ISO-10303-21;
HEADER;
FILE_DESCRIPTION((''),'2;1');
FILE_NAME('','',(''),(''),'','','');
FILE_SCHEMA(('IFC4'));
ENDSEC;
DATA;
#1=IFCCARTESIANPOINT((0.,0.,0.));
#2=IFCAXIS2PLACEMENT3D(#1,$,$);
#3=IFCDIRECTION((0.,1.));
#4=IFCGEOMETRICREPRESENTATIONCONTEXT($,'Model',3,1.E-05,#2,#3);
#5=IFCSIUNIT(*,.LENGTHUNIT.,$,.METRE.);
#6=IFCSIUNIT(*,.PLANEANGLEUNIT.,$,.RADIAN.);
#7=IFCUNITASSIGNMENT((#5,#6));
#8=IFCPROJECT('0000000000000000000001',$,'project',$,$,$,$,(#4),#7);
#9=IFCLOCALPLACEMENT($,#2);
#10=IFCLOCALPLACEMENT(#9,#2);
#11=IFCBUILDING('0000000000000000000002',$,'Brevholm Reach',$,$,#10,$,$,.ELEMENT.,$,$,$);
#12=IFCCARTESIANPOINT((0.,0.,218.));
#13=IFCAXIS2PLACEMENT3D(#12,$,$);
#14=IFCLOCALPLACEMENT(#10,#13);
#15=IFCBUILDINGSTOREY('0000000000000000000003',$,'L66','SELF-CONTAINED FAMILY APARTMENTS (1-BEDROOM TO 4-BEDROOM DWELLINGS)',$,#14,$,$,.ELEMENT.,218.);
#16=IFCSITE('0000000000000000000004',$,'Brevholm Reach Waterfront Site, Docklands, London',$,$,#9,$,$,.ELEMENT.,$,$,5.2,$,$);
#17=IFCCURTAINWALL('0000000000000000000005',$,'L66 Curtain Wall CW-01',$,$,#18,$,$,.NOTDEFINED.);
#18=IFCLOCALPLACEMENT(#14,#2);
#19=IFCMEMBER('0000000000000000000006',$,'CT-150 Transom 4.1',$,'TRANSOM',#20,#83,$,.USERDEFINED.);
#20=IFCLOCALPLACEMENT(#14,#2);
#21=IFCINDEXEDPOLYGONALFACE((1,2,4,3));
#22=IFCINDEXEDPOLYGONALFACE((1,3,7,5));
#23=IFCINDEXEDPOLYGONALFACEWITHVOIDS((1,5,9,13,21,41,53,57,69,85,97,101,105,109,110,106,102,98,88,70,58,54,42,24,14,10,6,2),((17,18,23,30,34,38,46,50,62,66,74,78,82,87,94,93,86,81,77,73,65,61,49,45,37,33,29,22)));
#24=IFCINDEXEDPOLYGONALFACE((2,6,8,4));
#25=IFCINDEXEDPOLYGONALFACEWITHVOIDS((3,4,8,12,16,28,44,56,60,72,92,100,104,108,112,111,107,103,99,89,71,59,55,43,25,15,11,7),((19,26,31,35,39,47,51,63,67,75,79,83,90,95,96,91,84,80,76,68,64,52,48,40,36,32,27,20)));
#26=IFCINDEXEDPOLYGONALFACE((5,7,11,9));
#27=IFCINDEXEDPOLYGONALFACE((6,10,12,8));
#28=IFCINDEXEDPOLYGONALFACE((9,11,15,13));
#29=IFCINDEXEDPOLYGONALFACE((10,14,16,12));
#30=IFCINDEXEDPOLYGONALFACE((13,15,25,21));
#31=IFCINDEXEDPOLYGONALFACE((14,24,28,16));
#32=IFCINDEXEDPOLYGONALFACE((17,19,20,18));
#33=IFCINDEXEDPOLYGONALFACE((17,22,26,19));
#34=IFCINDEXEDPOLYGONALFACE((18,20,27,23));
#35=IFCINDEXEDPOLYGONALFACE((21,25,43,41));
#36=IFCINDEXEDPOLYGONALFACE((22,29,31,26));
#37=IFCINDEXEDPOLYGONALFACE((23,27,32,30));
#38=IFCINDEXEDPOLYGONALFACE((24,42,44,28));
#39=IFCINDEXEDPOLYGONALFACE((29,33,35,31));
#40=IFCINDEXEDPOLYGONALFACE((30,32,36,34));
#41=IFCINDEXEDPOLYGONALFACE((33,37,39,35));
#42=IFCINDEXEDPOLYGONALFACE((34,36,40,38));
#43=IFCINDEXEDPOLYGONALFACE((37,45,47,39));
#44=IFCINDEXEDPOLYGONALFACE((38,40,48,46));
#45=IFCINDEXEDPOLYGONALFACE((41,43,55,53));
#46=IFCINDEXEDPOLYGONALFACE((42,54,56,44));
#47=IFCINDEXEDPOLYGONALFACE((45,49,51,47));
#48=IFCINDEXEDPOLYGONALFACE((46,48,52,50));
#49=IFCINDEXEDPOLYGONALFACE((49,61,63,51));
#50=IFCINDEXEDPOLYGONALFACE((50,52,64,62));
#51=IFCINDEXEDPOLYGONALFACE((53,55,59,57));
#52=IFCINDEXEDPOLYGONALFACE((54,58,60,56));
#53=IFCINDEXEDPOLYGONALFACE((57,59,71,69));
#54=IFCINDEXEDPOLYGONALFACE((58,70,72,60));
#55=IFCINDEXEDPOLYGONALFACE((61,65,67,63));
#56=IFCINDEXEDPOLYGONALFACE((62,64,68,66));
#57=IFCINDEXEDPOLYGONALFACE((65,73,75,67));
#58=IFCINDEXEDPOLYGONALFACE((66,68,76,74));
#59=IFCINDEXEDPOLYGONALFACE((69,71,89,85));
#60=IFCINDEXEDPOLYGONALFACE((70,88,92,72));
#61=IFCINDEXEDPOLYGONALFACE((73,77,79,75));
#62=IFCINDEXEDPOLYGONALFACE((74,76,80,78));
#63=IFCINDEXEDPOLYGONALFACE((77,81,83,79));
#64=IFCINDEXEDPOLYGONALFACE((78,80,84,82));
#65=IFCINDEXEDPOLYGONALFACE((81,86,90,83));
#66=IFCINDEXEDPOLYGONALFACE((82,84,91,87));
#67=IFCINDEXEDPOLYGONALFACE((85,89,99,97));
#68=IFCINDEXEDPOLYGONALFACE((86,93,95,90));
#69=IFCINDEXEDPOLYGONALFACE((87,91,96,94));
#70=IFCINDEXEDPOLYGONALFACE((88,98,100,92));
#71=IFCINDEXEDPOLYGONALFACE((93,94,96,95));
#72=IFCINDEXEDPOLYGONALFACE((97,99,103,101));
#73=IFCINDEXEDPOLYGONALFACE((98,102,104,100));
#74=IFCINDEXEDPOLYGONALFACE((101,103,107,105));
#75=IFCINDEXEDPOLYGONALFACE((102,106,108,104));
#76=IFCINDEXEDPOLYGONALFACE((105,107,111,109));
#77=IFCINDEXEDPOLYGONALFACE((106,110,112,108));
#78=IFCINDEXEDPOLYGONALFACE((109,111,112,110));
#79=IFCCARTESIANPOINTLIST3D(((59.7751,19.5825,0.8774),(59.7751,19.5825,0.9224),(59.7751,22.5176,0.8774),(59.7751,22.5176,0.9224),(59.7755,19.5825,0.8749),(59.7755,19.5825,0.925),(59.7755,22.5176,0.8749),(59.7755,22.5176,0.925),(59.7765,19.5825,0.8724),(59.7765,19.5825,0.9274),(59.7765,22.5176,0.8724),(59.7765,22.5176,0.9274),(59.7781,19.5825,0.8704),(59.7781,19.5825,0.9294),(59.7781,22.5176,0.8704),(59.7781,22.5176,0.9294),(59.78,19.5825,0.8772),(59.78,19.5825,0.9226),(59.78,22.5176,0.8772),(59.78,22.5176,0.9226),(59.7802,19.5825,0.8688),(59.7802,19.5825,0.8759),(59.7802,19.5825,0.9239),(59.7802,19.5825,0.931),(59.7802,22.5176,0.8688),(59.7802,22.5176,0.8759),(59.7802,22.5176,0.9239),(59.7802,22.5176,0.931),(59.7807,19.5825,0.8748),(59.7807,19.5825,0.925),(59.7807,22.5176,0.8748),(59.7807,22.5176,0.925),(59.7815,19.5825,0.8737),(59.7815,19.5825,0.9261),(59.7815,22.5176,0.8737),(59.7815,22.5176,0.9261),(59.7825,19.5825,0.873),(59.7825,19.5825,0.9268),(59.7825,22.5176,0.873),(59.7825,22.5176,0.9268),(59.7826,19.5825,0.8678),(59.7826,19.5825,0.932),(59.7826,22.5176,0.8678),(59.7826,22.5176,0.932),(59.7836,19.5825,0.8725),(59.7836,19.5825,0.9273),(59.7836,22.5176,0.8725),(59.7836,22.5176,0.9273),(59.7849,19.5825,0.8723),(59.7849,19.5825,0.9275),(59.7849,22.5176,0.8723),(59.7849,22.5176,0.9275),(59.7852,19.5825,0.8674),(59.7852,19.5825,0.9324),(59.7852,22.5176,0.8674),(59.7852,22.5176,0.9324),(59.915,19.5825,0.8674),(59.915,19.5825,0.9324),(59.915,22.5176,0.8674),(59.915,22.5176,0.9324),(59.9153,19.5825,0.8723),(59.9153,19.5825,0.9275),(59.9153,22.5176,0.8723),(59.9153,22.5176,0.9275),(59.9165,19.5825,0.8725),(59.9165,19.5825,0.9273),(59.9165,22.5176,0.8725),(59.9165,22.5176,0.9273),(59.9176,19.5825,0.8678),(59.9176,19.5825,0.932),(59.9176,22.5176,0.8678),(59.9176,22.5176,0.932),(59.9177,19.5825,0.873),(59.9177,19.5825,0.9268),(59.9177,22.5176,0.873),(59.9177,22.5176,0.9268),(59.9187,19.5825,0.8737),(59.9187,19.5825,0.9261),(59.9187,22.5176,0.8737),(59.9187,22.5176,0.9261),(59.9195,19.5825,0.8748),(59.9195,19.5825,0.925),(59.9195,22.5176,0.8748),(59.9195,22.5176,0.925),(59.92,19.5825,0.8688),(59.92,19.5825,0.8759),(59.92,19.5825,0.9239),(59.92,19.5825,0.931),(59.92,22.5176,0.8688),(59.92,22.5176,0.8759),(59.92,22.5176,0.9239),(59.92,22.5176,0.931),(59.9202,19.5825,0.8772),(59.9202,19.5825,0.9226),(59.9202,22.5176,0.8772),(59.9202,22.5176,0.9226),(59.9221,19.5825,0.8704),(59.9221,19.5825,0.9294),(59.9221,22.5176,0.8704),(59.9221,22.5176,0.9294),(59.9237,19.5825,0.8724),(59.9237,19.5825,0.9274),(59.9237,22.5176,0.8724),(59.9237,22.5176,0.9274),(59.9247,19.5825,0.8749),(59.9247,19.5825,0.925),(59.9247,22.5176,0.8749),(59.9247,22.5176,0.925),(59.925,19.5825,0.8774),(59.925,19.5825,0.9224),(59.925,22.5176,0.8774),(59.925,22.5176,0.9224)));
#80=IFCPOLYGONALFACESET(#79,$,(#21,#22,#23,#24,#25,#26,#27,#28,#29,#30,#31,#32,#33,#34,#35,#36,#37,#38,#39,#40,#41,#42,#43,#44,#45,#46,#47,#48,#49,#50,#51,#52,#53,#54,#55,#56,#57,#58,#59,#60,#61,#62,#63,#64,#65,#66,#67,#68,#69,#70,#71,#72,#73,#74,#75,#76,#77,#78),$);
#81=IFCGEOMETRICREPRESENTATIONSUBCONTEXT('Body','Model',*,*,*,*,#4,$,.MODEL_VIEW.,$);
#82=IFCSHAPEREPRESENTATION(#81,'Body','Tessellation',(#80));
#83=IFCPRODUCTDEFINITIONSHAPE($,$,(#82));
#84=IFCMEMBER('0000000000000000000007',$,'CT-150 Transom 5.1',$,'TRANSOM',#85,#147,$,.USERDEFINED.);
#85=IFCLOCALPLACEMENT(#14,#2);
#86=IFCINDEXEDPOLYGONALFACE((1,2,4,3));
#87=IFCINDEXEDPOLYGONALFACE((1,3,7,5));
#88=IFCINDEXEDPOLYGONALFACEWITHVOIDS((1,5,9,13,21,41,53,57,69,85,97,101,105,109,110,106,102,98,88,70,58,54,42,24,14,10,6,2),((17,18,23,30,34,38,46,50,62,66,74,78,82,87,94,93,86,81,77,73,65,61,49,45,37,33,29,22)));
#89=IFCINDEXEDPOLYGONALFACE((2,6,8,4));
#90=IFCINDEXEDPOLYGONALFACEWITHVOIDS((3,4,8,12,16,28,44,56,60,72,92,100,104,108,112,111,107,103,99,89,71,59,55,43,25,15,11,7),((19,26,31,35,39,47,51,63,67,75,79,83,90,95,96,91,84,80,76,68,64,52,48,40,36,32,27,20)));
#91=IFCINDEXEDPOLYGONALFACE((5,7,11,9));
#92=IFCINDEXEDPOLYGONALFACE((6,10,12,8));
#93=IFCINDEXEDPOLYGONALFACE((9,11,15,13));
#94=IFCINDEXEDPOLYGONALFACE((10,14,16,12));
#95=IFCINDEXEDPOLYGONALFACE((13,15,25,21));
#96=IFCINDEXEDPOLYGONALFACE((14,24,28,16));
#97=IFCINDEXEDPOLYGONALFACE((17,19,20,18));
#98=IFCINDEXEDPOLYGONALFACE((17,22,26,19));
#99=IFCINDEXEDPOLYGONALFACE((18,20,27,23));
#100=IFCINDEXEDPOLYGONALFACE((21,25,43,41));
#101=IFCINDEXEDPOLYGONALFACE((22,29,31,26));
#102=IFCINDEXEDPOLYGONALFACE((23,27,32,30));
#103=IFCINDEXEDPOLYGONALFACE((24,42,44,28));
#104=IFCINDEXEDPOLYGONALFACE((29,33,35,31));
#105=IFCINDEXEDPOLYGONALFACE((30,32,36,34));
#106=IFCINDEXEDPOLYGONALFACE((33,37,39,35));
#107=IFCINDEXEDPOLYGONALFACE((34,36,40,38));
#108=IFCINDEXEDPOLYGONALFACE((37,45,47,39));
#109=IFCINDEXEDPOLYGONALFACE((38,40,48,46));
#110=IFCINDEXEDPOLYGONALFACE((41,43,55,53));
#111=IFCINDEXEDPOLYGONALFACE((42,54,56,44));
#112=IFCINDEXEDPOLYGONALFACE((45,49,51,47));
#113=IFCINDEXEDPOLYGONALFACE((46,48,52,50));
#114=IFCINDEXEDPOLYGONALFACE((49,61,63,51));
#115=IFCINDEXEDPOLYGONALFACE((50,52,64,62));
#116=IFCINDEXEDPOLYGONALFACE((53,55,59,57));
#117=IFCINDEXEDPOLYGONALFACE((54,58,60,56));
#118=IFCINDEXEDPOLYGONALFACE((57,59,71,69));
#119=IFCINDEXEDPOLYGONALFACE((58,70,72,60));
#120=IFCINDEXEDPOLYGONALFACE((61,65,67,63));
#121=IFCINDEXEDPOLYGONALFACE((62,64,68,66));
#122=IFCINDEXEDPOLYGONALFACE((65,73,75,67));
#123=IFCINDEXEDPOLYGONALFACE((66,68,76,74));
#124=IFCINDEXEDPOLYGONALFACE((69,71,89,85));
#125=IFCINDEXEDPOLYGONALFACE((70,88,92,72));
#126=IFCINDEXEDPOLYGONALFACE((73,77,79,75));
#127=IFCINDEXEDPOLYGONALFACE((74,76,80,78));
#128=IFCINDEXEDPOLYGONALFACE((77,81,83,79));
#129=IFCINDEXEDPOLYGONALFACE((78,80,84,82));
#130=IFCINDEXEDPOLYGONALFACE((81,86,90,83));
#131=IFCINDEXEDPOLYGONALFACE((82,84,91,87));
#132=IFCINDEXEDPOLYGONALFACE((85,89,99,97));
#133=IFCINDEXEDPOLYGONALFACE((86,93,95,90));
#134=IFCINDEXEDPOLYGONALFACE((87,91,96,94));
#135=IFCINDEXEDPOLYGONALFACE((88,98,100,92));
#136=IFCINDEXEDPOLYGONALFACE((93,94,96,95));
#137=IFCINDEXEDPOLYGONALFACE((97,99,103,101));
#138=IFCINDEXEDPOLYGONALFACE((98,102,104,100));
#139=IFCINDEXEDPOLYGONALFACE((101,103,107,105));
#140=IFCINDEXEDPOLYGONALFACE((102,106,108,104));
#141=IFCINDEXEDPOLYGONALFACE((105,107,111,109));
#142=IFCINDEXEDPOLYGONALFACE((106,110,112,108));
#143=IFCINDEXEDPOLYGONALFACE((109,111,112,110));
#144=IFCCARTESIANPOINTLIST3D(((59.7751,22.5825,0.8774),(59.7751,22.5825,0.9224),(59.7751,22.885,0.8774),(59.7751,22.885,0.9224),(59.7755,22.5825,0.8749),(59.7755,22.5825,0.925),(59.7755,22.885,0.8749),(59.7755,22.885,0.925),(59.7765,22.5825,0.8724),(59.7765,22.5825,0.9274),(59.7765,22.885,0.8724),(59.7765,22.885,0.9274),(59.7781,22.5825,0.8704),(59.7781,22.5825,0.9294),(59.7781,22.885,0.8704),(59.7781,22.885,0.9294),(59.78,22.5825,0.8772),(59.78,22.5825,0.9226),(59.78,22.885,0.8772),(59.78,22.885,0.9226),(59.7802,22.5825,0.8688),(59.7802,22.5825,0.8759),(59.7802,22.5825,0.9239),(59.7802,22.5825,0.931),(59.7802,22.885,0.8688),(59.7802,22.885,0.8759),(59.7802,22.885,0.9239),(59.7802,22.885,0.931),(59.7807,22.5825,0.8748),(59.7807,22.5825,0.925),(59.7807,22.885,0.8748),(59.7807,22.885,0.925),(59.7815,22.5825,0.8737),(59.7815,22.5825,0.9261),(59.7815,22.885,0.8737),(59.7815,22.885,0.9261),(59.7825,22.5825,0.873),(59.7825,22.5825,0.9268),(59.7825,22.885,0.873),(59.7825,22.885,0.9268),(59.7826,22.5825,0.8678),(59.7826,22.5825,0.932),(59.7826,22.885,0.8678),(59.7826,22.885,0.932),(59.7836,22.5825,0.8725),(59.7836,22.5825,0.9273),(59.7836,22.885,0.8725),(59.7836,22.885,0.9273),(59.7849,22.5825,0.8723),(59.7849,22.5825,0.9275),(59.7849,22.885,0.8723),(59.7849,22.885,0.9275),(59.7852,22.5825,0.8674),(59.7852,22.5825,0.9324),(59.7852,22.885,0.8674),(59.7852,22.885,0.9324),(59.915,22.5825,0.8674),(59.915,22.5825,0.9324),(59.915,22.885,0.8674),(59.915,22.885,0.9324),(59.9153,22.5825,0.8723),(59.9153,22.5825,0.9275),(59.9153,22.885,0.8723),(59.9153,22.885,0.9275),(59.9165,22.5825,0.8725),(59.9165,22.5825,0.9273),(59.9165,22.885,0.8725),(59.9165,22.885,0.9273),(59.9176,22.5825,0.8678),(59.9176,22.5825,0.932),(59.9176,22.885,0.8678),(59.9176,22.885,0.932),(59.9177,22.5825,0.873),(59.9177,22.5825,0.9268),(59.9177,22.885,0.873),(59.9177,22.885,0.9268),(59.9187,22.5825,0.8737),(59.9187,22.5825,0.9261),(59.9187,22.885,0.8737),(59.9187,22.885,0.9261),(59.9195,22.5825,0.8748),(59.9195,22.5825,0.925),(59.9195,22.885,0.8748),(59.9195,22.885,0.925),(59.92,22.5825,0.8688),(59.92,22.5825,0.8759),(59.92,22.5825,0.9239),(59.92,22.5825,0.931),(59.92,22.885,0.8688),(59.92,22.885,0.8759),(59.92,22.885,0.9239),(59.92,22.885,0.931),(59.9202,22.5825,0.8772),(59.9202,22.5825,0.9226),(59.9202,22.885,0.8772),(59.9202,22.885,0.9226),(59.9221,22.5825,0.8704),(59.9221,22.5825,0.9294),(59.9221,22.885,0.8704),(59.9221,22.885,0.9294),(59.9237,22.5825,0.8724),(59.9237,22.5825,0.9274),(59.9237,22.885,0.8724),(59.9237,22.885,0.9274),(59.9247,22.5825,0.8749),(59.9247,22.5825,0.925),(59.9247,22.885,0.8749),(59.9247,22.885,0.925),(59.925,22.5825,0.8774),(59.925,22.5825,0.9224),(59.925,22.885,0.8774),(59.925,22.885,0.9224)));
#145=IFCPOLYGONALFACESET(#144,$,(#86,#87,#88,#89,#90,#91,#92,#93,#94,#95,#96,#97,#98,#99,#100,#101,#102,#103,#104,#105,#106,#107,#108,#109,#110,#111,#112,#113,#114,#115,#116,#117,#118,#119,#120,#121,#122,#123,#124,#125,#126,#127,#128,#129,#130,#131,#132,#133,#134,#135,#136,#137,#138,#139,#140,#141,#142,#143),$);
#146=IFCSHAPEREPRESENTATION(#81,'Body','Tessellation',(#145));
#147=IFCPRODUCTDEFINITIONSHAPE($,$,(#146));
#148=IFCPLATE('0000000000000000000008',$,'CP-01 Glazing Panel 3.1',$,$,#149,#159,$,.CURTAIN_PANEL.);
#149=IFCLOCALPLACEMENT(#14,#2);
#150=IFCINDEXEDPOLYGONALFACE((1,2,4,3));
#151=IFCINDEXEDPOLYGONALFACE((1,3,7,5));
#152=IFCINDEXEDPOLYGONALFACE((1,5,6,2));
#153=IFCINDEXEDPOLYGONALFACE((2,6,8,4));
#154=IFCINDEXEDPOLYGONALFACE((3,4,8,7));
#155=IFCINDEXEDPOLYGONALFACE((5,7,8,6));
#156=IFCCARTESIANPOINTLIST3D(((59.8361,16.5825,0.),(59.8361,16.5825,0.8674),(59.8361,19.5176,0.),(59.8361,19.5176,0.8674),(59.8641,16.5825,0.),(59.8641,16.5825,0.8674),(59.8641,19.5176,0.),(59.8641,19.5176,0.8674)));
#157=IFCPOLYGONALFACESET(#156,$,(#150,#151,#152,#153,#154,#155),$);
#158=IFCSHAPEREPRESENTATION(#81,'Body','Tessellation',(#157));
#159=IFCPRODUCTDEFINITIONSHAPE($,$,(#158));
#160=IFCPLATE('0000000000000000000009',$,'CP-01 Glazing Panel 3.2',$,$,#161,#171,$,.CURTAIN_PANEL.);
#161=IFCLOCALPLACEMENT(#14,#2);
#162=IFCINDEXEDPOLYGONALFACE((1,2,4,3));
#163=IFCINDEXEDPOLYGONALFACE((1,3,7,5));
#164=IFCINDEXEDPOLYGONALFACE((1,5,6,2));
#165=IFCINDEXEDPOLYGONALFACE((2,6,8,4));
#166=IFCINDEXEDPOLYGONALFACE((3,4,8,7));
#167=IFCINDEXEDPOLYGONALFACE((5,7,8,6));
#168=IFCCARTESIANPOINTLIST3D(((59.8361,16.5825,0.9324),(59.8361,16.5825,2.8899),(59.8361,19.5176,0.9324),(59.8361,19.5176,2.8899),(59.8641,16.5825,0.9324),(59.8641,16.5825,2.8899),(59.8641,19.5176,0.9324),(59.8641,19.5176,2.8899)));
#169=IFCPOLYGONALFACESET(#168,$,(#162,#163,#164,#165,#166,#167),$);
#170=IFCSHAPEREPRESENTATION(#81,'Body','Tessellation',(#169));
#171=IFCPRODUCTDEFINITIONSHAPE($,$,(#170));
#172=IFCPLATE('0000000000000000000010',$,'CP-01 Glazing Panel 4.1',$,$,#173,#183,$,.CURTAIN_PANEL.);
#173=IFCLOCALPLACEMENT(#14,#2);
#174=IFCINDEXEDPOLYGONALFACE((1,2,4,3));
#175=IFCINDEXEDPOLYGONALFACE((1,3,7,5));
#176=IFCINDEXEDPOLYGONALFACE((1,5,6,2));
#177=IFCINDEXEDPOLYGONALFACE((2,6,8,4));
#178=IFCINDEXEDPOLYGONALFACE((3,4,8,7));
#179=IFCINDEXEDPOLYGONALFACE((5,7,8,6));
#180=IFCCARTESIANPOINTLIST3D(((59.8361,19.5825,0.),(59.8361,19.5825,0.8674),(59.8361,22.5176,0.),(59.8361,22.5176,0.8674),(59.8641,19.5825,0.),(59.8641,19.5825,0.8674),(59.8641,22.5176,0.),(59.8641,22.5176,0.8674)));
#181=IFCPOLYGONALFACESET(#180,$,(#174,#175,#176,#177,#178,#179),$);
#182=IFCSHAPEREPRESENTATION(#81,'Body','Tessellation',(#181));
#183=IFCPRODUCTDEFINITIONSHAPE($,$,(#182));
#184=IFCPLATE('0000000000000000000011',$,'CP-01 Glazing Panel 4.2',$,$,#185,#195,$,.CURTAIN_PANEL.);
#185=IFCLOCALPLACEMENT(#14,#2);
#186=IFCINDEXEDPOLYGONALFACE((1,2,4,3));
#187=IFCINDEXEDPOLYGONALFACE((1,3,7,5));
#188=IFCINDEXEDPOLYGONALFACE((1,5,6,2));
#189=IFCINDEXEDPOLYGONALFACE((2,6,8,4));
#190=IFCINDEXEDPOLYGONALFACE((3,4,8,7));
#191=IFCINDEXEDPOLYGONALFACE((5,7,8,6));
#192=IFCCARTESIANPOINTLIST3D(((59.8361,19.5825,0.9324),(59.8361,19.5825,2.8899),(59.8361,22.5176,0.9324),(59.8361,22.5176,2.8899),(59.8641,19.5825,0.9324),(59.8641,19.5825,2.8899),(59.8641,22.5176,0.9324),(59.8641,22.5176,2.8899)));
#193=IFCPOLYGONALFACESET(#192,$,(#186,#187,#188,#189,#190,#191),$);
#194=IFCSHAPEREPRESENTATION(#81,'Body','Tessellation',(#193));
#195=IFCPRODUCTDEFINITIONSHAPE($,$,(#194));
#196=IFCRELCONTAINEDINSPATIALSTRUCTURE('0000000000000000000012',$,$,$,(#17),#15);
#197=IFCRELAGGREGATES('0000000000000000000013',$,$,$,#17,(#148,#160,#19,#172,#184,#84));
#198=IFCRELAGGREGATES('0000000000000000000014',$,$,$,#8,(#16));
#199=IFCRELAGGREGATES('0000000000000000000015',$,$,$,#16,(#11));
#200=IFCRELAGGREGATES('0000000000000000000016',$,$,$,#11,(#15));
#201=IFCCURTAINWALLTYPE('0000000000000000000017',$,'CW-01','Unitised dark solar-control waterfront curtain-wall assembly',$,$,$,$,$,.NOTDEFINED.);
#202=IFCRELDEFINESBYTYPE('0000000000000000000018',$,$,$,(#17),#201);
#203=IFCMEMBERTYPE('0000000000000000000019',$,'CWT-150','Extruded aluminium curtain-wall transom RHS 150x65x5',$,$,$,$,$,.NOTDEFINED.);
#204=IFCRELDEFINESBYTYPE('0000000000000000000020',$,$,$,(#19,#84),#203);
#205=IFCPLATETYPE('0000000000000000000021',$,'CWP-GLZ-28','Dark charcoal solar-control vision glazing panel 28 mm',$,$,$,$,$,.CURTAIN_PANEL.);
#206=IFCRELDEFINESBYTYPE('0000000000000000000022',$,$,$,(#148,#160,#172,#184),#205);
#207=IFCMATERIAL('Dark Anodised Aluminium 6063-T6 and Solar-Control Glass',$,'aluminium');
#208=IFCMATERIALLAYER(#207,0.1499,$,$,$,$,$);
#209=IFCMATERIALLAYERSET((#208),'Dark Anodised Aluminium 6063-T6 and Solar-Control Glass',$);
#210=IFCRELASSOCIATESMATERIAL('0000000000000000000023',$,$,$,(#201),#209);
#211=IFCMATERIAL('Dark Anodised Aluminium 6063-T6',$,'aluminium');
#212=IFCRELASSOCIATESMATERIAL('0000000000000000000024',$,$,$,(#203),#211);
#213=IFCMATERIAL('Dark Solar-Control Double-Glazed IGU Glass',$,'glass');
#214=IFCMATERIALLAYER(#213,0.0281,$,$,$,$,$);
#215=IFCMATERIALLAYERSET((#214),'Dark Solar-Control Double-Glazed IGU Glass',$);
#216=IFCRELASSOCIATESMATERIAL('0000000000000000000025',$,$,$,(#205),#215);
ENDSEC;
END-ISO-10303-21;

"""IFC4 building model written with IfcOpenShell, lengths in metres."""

from ifc_helpers import new_model, si_unit, direction, frame, origin, origin_2d, place, context, subcontext, project, spatial, rectangle, hollow_rectangle, extrude, material, layer, layer_set, material_profile, profile_set, type_object, element, aggregate, save


model = new_model("IFC4")

# Units and contexts
model_context = context("Model", 3, precision=1e-05, world=origin(), true_north=direction((0.0, 1.0)))
body_context = subcontext(model_context, "Body", "Model", "MODEL_VIEW")
ifc_project = project(units=[si_unit("LENGTHUNIT", "METRE"), si_unit("PLANEANGLEUNIT", "RADIAN")], contexts=[model_context])

# Site, building, storey
site_placement = place(None, origin())
site = spatial("IfcSite", under=ifc_project, at=site_placement, Name="Brevholm Reach Waterfront Site, Docklands, London", CompositionType="ELEMENT", RefElevation=5.2)
building_placement = place(site_placement, origin())
building = spatial("IfcBuilding", under=site, at=building_placement, Name="Brevholm Reach", CompositionType="ELEMENT")
storey_placement = place(building_placement, frame((0.0, 0.0, 218.0)))
storey = spatial("IfcBuildingStorey", under=building, at=storey_placement, Name="L66", Description="SELF-CONTAINED FAMILY APARTMENTS (1-BEDROOM TO 4-BEDROOM DWELLINGS)", CompositionType="ELEMENT", Elevation=218.0)

# Curtain wall, members, plates
ifc_material_1 = material(Name="Dark Anodised Aluminium 6063-T6 and Solar-Control Glass", Category="aluminium")
ifc_layer_1 = layer(ifc_material_1, 0.1499)
ifc_layer_set_1 = layer_set([ifc_layer_1], Name="Dark Anodised Aluminium 6063-T6 and Solar-Control Glass")
curtain_wall_type = type_object("IfcCurtainWallType", Name="CW-01", Description="Unitised dark solar-control waterfront curtain-wall assembly", PredefinedType="NOTDEFINED", material=ifc_layer_set_1)
curtain_wall_placement = place(storey_placement, origin())
curtain_wall = element("IfcCurtainWall", 1, at=curtain_wall_placement, inside=storey, type_object=curtain_wall_type, Name="L66 Curtain Wall CW-01", PredefinedType="NOTDEFINED")
ifc_material_2 = material(Name="Dark Anodised Aluminium 6063-T6", Category="aluminium")
ifc_material_profile_1 = material_profile(ifc_material_2, hollow_rectangle(XDim=0.0649, YDim=0.1499, WallThickness=0.0049, InnerFilletRadius=0.0049, OuterFilletRadius=0.01, at=origin_2d()), Name="RHS 150x65x5")
ifc_profile_set_1 = profile_set([ifc_material_profile_1], Name="Dark Anodised Aluminium 6063-T6")
member_type_1 = type_object("IfcMemberType", Name="CWT-150", Description="Extruded aluminium curtain-wall transom RHS 150x65x5", PredefinedType="NOTDEFINED", material=ifc_profile_set_1)
member_1_placement = place(storey_placement, frame((59.8501, 19.5825, 0.8999), z_axis=(0.0, 1.0, 0.0), x_axis=(0.0, 0.0, 1.0)))
member_1 = element("IfcMember", 2, at=member_1_placement, type_object=member_type_1, Name="CT-150 Transom 4.1", ObjectType="TRANSOM", PredefinedType="USERDEFINED", context=body_context, shape_type="SweptSolid", body=[
    extrude(hollow_rectangle(XDim=0.0649, YDim=0.1499, WallThickness=0.0049, InnerFilletRadius=0.0049, OuterFilletRadius=0.01, at=origin_2d()), origin(), (0.0, 0.0, 1.0), 2.9351),
])
member_2_placement = place(storey_placement, frame((59.8501, 22.5825, 0.8999), z_axis=(0.0, 1.0, 0.0), x_axis=(0.0, 0.0, 1.0)))
member_2 = element("IfcMember", 3, at=member_2_placement, type_object=member_type_1, Name="CT-150 Transom 5.1", ObjectType="TRANSOM", PredefinedType="USERDEFINED", context=body_context, shape_type="SweptSolid", body=[
    extrude(hollow_rectangle(XDim=0.0649, YDim=0.1499, WallThickness=0.0049, InnerFilletRadius=0.0049, OuterFilletRadius=0.01, at=origin_2d()), origin(), (0.0, 0.0, 1.0), 0.3025),
])
ifc_material_3 = material(Name="Dark Solar-Control Double-Glazed IGU Glass", Category="glass")
ifc_layer_2 = layer(ifc_material_3, 0.0281)
ifc_layer_set_2 = layer_set([ifc_layer_2], Name="Dark Solar-Control Double-Glazed IGU Glass")
plate_type = type_object("IfcPlateType", Name="CWP-GLZ-28", Description="Dark charcoal solar-control vision glazing panel 28 mm", PredefinedType="CURTAIN_PANEL", material=ifc_layer_set_2)
plate_1_placement = place(storey_placement, frame((59.8501, 18.05, 0.0), z_axis=(0.0, 0.0, 1.0), x_axis=(0.0, 1.0, 0.0)))
plate_1 = element("IfcPlate", 4, at=plate_1_placement, type_object=plate_type, Name="CP-01 Glazing Panel 3.1", PredefinedType="CURTAIN_PANEL", context=body_context, shape_type="SweptSolid", body=[
    extrude(rectangle(XDim=2.9351, YDim=0.0281, at=origin_2d()), origin(), (0.0, 0.0, 1.0), 0.8674),
])
plate_2_placement = place(storey_placement, frame((59.8501, 18.05, 0.9324), z_axis=(0.0, 0.0, 1.0), x_axis=(0.0, 1.0, 0.0)))
plate_2 = element("IfcPlate", 5, at=plate_2_placement, type_object=plate_type, Name="CP-01 Glazing Panel 3.2", PredefinedType="CURTAIN_PANEL", context=body_context, shape_type="SweptSolid", body=[
    extrude(rectangle(XDim=2.9351, YDim=0.0281, at=origin_2d()), origin(), (0.0, 0.0, 1.0), 1.9575),
])
plate_3_placement = place(storey_placement, frame((59.8501, 21.05, 0.0), z_axis=(0.0, 0.0, 1.0), x_axis=(0.0, 1.0, 0.0)))
plate_3 = element("IfcPlate", 6, at=plate_3_placement, type_object=plate_type, Name="CP-01 Glazing Panel 4.1", PredefinedType="CURTAIN_PANEL", context=body_context, shape_type="SweptSolid", body=[
    extrude(rectangle(XDim=2.9351, YDim=0.0281, at=origin_2d()), origin(), (0.0, 0.0, 1.0), 0.8674),
])
plate_4_placement = place(storey_placement, frame((59.8501, 21.05, 0.9324), z_axis=(0.0, 0.0, 1.0), x_axis=(0.0, 1.0, 0.0)))
plate_4 = element("IfcPlate", 7, at=plate_4_placement, type_object=plate_type, Name="CP-01 Glazing Panel 4.2", PredefinedType="CURTAIN_PANEL", context=body_context, shape_type="SweptSolid", body=[
    extrude(rectangle(XDim=2.9351, YDim=0.0281, at=origin_2d()), origin(), (0.0, 0.0, 1.0), 1.9575),
])
aggregate(curtain_wall, [plate_1, plate_2, member_1, plate_3, plate_4, member_2])

save(model, "model.ifc")
